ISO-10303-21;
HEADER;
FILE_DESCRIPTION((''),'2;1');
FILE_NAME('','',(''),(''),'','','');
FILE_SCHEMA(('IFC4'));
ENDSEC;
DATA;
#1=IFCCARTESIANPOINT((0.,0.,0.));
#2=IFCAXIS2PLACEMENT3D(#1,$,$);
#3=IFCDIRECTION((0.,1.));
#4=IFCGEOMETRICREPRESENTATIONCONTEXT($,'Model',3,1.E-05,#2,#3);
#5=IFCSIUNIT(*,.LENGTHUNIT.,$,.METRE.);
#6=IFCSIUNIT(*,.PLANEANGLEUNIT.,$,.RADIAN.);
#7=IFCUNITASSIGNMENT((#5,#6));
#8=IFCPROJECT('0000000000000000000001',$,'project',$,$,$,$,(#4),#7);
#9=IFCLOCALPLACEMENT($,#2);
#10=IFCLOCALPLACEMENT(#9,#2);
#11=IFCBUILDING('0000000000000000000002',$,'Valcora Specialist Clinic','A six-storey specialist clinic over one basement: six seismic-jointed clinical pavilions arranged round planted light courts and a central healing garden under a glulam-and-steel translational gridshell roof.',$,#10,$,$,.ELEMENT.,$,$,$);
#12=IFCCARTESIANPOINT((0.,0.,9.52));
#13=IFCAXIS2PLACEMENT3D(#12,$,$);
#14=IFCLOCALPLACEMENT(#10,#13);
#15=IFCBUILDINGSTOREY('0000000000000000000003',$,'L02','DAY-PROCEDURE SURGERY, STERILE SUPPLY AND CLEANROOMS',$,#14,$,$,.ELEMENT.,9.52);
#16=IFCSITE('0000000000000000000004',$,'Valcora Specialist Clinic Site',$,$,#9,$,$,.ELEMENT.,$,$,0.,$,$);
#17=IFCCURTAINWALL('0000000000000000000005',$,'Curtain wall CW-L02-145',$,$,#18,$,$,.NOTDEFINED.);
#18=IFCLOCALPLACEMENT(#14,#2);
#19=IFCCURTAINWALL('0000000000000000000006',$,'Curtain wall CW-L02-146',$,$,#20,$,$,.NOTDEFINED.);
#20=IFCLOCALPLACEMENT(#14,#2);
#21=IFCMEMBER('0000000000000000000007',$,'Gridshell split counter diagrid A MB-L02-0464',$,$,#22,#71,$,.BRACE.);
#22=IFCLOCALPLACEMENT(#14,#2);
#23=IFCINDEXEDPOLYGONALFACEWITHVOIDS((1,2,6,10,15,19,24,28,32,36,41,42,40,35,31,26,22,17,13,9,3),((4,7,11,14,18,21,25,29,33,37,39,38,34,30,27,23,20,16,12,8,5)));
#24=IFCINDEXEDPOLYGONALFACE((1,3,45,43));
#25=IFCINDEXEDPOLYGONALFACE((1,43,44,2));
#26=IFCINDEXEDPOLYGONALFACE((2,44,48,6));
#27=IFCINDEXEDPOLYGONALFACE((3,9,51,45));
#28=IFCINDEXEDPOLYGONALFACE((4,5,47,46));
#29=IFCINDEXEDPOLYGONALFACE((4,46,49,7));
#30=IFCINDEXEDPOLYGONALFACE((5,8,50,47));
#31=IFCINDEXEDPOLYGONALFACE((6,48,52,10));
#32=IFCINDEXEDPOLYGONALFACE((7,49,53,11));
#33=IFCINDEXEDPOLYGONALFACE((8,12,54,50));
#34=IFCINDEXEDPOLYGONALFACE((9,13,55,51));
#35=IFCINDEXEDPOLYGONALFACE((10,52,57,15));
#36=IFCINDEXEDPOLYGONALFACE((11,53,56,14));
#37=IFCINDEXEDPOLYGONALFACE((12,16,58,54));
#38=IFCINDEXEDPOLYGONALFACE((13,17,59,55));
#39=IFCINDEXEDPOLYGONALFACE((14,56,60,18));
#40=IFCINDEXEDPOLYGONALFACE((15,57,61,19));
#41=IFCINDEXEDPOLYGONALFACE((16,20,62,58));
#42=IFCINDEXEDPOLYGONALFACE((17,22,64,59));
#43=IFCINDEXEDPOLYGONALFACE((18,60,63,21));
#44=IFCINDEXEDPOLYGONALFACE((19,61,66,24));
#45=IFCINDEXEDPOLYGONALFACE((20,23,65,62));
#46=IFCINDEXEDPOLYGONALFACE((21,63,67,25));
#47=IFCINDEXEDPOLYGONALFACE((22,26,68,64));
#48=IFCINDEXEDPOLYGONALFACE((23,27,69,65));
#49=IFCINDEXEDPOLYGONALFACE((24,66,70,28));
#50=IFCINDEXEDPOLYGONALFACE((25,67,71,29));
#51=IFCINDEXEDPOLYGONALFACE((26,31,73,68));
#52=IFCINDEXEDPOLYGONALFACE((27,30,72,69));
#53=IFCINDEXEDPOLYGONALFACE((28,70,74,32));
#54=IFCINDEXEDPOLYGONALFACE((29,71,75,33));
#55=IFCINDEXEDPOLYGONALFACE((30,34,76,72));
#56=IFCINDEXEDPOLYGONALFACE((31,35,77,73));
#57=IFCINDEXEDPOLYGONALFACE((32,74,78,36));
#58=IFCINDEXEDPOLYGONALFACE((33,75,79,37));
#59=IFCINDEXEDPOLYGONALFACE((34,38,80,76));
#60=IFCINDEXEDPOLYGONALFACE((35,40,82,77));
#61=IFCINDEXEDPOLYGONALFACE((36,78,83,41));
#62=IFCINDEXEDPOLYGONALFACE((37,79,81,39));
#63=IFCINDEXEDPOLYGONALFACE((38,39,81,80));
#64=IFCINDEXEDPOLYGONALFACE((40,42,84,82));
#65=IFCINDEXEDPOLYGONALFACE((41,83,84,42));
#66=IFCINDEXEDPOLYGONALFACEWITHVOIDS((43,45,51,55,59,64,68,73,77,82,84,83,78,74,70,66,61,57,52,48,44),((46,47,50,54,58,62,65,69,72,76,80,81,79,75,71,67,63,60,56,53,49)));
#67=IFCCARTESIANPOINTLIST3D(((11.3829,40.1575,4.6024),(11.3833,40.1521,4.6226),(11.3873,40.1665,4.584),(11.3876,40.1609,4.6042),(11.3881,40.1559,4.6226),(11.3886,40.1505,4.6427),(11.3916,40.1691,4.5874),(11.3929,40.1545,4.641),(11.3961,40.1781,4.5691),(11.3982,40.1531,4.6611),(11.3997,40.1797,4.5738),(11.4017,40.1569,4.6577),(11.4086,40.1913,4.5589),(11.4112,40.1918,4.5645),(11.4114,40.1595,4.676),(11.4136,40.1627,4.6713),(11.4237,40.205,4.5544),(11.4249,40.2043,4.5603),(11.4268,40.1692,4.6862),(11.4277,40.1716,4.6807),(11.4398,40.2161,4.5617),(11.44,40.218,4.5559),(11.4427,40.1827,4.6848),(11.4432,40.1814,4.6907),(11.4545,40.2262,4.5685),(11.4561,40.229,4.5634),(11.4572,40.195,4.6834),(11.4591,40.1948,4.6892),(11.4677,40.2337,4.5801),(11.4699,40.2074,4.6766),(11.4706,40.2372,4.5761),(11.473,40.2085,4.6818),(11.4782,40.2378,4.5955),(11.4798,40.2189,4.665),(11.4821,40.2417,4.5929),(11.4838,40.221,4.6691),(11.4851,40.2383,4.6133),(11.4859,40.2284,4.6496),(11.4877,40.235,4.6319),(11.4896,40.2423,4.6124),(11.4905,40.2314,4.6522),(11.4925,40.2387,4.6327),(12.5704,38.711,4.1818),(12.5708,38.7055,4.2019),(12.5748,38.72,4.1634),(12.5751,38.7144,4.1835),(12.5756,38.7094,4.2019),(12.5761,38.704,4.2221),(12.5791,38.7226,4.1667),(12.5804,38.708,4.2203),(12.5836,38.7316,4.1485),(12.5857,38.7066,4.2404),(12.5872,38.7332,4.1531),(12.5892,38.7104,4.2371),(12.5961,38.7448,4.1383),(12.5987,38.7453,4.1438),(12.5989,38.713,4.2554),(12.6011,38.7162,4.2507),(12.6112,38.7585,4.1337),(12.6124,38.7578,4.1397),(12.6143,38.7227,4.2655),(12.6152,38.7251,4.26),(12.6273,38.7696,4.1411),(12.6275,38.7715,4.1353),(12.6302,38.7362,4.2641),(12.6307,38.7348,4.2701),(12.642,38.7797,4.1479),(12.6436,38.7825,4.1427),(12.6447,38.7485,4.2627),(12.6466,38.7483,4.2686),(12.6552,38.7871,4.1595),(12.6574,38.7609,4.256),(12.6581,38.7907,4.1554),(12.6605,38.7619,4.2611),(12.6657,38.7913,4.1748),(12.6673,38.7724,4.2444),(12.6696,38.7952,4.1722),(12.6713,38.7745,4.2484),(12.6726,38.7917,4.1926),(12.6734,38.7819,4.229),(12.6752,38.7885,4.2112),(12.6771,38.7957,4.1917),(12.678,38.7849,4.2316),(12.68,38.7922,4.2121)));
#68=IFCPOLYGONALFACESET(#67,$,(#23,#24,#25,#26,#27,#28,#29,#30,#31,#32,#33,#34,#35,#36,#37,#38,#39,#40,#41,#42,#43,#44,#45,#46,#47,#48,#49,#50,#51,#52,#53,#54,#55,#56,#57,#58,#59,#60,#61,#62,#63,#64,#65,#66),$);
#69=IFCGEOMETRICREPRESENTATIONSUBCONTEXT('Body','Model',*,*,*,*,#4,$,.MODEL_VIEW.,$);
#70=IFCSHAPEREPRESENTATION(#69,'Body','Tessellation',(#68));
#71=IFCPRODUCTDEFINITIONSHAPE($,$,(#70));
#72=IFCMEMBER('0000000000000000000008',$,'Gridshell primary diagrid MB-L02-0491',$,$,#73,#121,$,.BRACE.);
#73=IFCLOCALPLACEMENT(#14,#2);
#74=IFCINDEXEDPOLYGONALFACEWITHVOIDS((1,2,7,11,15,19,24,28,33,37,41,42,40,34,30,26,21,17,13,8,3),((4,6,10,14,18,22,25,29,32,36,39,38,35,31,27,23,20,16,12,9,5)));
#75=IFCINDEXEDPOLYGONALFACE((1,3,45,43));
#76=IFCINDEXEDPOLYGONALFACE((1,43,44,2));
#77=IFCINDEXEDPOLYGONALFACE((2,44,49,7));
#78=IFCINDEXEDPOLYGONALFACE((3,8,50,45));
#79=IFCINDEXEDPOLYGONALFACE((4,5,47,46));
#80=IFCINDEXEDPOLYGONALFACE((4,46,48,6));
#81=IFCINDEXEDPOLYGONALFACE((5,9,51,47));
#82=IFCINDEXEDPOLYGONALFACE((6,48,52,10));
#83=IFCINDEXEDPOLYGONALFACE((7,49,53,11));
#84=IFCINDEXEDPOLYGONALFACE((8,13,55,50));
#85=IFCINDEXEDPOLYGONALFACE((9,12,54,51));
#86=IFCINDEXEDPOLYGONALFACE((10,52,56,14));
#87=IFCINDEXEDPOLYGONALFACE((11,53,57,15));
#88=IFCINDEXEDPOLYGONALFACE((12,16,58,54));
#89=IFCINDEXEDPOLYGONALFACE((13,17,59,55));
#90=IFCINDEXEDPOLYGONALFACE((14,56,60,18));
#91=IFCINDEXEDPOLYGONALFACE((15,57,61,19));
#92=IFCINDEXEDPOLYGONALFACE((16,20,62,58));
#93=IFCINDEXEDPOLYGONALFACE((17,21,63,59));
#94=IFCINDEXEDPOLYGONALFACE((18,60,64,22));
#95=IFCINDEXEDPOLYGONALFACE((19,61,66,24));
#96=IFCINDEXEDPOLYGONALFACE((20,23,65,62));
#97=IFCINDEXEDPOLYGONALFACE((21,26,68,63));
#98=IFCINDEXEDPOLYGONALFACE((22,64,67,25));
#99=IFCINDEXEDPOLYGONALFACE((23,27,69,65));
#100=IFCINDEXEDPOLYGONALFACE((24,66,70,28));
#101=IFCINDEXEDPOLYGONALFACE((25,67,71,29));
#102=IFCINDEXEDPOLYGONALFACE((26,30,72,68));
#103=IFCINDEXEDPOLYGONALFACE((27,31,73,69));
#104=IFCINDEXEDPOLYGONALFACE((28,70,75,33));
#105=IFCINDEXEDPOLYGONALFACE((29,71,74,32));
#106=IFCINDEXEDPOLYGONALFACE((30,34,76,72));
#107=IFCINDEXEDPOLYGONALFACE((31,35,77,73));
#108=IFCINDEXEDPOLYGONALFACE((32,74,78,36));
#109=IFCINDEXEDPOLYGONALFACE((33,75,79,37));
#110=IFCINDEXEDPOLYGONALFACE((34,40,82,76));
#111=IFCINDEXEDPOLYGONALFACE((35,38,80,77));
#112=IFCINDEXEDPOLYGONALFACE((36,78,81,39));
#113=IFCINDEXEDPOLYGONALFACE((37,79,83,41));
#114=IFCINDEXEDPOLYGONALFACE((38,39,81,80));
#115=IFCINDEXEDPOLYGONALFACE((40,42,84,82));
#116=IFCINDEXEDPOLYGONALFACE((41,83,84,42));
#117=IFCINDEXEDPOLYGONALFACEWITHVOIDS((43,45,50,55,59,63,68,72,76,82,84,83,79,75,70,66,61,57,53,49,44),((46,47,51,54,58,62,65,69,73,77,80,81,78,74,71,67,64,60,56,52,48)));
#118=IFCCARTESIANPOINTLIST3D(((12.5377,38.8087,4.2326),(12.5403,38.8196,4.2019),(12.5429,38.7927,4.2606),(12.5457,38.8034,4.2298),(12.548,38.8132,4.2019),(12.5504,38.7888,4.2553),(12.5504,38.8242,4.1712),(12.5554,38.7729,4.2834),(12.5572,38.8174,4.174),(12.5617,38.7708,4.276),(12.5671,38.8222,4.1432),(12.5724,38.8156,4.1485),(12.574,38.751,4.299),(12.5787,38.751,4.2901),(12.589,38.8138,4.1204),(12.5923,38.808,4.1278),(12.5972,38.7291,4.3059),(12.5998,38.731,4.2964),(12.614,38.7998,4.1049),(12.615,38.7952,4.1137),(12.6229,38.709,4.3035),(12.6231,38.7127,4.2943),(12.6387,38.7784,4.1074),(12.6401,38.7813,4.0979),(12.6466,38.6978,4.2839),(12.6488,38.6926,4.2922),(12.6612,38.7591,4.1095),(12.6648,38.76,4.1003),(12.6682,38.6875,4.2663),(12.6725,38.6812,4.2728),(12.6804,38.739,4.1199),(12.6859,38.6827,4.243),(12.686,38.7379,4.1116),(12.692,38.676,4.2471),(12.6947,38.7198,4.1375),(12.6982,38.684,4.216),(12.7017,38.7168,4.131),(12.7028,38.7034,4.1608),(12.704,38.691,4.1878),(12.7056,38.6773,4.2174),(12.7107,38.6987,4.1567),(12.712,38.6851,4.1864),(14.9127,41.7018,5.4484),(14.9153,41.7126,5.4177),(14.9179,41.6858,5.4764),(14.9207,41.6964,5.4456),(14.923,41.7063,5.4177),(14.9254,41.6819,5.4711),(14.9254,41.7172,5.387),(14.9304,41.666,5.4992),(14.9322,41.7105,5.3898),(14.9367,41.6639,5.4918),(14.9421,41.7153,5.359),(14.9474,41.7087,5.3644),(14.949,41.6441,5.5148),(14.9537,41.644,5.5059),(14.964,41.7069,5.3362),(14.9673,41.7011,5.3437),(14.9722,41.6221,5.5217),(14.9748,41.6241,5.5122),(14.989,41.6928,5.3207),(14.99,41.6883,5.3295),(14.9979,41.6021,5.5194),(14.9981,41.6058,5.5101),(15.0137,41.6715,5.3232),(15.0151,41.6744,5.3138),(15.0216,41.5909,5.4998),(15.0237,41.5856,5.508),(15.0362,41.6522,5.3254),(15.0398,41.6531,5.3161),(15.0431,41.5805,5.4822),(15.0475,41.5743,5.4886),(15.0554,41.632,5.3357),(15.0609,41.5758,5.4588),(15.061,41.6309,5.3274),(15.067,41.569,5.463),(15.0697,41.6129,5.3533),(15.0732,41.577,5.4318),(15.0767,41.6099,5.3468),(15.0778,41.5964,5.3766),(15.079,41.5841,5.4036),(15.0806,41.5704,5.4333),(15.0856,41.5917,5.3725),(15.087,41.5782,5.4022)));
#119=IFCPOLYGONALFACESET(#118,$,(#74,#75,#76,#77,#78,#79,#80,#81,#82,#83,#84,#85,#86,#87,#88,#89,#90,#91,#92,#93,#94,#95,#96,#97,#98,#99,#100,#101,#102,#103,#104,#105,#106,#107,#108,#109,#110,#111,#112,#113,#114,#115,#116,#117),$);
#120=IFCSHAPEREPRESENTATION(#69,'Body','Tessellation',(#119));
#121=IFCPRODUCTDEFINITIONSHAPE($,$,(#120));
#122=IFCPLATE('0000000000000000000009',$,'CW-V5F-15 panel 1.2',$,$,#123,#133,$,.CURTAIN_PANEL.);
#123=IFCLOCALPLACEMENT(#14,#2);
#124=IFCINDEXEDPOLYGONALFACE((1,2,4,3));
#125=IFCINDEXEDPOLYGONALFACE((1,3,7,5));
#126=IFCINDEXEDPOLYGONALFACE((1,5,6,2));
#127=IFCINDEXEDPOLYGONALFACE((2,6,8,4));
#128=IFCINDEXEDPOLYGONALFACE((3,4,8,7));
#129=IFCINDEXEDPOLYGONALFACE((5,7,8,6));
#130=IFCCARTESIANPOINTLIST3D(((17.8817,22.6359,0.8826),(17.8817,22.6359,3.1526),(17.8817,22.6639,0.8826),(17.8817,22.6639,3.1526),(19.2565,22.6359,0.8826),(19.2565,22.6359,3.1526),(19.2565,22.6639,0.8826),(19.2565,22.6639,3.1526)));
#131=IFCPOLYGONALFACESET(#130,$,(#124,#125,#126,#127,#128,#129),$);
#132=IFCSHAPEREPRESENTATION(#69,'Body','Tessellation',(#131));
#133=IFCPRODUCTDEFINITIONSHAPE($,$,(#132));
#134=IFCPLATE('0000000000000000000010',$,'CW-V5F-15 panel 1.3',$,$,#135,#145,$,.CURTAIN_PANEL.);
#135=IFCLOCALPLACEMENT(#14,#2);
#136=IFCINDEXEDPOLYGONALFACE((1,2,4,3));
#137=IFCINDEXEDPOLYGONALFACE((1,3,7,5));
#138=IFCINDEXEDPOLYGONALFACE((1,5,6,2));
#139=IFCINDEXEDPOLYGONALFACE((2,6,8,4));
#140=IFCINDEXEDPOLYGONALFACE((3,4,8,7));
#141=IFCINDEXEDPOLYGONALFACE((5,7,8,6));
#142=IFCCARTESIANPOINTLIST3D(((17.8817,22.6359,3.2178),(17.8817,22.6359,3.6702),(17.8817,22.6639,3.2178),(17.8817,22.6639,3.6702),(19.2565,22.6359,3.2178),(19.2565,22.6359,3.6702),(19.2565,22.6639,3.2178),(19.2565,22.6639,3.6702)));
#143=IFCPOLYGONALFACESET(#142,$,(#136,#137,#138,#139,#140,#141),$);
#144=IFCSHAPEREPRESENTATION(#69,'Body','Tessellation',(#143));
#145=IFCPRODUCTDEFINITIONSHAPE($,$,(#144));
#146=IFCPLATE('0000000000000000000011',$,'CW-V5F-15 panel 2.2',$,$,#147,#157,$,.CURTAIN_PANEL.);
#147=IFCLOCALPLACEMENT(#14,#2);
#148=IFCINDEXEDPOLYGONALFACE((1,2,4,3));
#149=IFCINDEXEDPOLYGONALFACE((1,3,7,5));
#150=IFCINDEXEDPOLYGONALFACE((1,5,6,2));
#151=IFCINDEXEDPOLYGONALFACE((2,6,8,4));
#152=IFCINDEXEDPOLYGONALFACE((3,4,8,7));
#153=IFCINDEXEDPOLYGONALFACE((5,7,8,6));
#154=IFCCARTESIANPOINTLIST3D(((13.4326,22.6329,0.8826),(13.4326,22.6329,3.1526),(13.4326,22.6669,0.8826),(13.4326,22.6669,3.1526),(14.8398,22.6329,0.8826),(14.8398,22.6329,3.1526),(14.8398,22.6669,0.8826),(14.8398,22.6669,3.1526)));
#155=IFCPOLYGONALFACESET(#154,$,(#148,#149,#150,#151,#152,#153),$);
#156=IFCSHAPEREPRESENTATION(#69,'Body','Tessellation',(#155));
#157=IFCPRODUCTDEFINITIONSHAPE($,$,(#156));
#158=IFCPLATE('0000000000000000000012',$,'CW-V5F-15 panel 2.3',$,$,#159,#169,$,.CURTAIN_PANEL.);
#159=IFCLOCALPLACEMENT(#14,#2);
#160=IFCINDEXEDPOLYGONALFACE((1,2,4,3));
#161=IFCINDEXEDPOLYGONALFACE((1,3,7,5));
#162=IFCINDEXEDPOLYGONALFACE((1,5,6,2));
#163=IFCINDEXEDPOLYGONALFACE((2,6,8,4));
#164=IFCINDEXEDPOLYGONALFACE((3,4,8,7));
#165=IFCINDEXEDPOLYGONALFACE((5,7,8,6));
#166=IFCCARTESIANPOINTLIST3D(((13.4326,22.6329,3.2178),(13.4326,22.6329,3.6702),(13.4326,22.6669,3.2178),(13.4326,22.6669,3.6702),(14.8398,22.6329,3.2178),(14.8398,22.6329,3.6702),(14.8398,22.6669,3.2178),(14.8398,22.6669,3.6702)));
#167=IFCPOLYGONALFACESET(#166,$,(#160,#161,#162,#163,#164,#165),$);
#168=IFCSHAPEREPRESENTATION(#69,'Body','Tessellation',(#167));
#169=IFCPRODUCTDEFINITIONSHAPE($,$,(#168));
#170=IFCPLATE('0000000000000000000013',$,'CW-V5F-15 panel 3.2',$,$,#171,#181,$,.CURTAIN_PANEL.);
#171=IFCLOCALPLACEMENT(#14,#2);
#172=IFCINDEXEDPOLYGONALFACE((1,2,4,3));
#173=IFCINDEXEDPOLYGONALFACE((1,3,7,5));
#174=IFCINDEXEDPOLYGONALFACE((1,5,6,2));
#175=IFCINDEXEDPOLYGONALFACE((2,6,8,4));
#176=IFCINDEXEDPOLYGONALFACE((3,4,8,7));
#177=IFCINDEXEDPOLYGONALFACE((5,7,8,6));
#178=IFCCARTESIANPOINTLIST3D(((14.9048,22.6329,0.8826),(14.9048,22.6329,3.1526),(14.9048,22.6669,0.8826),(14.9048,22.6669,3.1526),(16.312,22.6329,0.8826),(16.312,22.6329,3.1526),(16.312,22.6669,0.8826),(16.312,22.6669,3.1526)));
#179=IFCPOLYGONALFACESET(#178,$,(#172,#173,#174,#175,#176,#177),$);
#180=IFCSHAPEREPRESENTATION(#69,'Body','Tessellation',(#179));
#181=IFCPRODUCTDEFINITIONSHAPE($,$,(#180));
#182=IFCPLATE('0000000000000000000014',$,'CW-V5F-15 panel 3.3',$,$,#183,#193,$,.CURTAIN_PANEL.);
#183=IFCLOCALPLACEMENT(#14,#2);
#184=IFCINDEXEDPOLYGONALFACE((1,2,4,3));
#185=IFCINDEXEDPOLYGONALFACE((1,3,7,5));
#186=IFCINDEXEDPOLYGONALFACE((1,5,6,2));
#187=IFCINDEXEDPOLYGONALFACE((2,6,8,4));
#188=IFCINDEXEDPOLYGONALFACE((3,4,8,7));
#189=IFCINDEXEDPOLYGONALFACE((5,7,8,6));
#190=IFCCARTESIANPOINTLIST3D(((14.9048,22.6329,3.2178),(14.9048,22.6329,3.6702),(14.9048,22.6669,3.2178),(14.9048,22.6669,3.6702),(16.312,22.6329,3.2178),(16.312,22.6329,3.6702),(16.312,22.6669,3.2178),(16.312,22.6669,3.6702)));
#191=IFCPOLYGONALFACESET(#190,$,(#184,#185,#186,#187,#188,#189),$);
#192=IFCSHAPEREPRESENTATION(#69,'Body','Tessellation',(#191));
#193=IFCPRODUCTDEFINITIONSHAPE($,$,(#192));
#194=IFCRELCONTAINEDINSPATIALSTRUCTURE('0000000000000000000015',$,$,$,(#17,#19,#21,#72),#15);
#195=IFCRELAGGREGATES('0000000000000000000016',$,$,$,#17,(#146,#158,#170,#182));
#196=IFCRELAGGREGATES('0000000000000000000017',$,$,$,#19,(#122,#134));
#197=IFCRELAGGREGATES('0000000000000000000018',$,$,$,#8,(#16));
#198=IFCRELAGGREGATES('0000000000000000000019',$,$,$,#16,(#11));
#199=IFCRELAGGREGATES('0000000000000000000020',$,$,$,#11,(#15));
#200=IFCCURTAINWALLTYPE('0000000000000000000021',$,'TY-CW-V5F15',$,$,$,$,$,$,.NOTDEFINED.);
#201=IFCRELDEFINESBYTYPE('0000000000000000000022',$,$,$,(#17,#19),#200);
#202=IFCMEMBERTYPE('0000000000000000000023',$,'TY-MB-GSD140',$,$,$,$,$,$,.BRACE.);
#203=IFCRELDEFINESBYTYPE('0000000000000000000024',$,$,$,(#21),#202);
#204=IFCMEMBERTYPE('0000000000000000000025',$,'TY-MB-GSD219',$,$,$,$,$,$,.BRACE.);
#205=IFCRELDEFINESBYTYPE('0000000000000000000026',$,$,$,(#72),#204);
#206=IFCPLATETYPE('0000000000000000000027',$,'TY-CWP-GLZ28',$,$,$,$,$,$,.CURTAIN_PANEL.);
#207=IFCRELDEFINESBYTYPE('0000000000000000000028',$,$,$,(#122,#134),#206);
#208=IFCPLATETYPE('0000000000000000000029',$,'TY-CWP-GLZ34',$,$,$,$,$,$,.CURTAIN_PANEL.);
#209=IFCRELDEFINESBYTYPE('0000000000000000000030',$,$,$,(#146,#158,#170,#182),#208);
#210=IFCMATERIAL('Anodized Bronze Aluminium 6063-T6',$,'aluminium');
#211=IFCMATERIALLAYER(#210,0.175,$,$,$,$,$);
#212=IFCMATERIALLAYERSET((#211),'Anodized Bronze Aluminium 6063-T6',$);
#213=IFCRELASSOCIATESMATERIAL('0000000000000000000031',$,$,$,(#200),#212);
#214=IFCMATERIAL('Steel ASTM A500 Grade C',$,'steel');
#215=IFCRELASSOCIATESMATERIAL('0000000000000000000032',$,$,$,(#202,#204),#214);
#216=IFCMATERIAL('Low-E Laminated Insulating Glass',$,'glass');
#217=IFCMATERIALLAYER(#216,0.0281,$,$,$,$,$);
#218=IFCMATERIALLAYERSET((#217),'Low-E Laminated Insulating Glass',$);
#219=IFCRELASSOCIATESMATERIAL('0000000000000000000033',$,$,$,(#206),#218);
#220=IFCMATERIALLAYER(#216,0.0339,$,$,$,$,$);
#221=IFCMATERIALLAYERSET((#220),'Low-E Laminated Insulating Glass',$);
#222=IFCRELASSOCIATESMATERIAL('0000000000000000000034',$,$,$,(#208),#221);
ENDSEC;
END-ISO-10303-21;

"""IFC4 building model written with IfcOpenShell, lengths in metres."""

from ifc_helpers import new_model, si_unit, direction, frame, origin, origin_2d, place, context, subcontext, project, spatial, rectangle, hollow_circle, extrude, material, layer, layer_set, material_profile, profile_set, type_object, element, aggregate, save


model = new_model("IFC4")

# Units and contexts
model_context = context("Model", 3, precision=1e-05, world=origin(), true_north=direction((0.0, 1.0)))
body_context = subcontext(model_context, "Body", "Model", "MODEL_VIEW")
ifc_project = project(units=[si_unit("LENGTHUNIT", "METRE"), si_unit("PLANEANGLEUNIT", "RADIAN")], contexts=[model_context])

# Site, building, storey
site_placement = place(None, origin())
site = spatial("IfcSite", under=ifc_project, at=site_placement, Name="Valcora Specialist Clinic Site", CompositionType="ELEMENT", RefElevation=0.0)
building_placement = place(site_placement, origin())
building = spatial("IfcBuilding", under=site, at=building_placement, Name="Valcora Specialist Clinic", Description="A six-storey specialist clinic over one basement: six seismic-jointed clinical pavilions arranged round planted light courts and a central healing garden under a glulam-and-steel translational gridshell roof.", CompositionType="ELEMENT")
storey_placement = place(building_placement, frame((0.0, 0.0, 9.52)))
storey = spatial("IfcBuildingStorey", under=building, at=storey_placement, Name="L02", Description="DAY-PROCEDURE SURGERY, STERILE SUPPLY AND CLEANROOMS", CompositionType="ELEMENT", Elevation=9.52)

# Curtain wall
ifc_material_1 = material(Name="Anodized Bronze Aluminium 6063-T6", Category="aluminium")
ifc_layer_1 = layer(ifc_material_1, 0.175)
ifc_layer_set_1 = layer_set([ifc_layer_1], Name="Anodized Bronze Aluminium 6063-T6")
curtain_wall_type = type_object("IfcCurtainWallType", Name="TY-CW-V5F15", PredefinedType="NOTDEFINED", material=ifc_layer_set_1)
curtain_wall_1_placement = place(storey_placement, origin())
curtain_wall_1 = element("IfcCurtainWall", 1, at=curtain_wall_1_placement, inside=storey, type_object=curtain_wall_type, Name="Curtain wall CW-L02-145", PredefinedType="NOTDEFINED")

# Curtain wall
curtain_wall_2_placement = place(storey_placement, origin())
curtain_wall_2 = element("IfcCurtainWall", 2, at=curtain_wall_2_placement, inside=storey, type_object=curtain_wall_type, Name="Curtain wall CW-L02-146", PredefinedType="NOTDEFINED")

# Members
ifc_material_2 = material(Name="Steel ASTM A500 Grade C", Category="steel")
ifc_material_profile_1 = material_profile(ifc_material_2, hollow_circle(Radius=0.0701, WallThickness=0.0061, at=origin_2d()), Name="ST-CHS-140X6")
ifc_profile_set_1 = profile_set([ifc_material_profile_1], Name="Steel ASTM A500 Grade C")
member_type_1 = type_object("IfcMemberType", Name="TY-MB-GSD140", PredefinedType="BRACE", material=ifc_profile_set_1)
member_1_placement = place(storey_placement, frame((12.625, 38.75, 4.2019), z_axis=(-0.619064, 0.754102, 0.219294), x_axis=(-0.772916, -0.634508, 0.0)))
element("IfcMember", 3, at=member_1_placement, inside=storey, type_object=member_type_1, Name="Gridshell split counter diagrid A MB-L02-0464", PredefinedType="BRACE", context=body_context, shape_type="SweptSolid", body=[
    extrude(hollow_circle(Radius=0.0701, WallThickness=0.0061, at=origin_2d()), origin(), (0.0, 0.0, 1.0), 1.9182),
])
ifc_material_profile_2 = material_profile(ifc_material_2, hollow_circle(Radius=0.1096, WallThickness=0.01, at=origin_2d()), Name="ST-CHS-219X10")
ifc_profile_set_2 = profile_set([ifc_material_profile_2], Name="Steel ASTM A500 Grade C")
member_type_2 = type_object("IfcMemberType", Name="TY-MB-GSD219", PredefinedType="BRACE", material=ifc_profile_set_2)
member_2_placement = place(storey_placement, frame((12.625, 38.75, 4.2019), z_axis=(0.603471, 0.735108, 0.308932), x_axis=(-0.772916, 0.634508, 0.0)))
element("IfcMember", 4, at=member_2_placement, inside=storey, type_object=member_type_2, Name="Gridshell primary diagrid MB-L02-0491", PredefinedType="BRACE", context=body_context, shape_type="SweptSolid", body=[
    extrude(hollow_circle(Radius=0.1096, WallThickness=0.01, at=origin_2d()), origin(), (0.0, 0.0, 1.0), 3.9355),
])

# Plates
ifc_material_3 = material(Name="Low-E Laminated Insulating Glass", Category="glass")
ifc_layer_2 = layer(ifc_material_3, 0.0281)
ifc_layer_set_2 = layer_set([ifc_layer_2], Name="Low-E Laminated Insulating Glass")
plate_type_1 = type_object("IfcPlateType", Name="TY-CWP-GLZ28", PredefinedType="CURTAIN_PANEL", material=ifc_layer_set_2)
plate_1_placement = place(storey_placement, frame((18.5691, 22.6499, 0.8826), z_axis=(0.0, 0.0, 1.0), x_axis=(1.0, 0.0, 0.0)))
plate_1 = element("IfcPlate", 5, at=plate_1_placement, type_object=plate_type_1, Name="CW-V5F-15 panel 1.2", PredefinedType="CURTAIN_PANEL", context=body_context, shape_type="SweptSolid", body=[
    extrude(rectangle(XDim=1.3748, YDim=0.0281, at=origin_2d()), origin(), (0.0, 0.0, 1.0), 2.27),
])
plate_2_placement = place(storey_placement, frame((18.5691, 22.6499, 3.2178), z_axis=(0.0, 0.0, 1.0), x_axis=(1.0, 0.0, 0.0)))
plate_2 = element("IfcPlate", 6, at=plate_2_placement, type_object=plate_type_1, Name="CW-V5F-15 panel 1.3", PredefinedType="CURTAIN_PANEL", context=body_context, shape_type="SweptSolid", body=[
    extrude(rectangle(XDim=1.3748, YDim=0.0281, at=origin_2d()), origin(), (0.0, 0.0, 1.0), 0.4524),
])
ifc_layer_3 = layer(ifc_material_3, 0.0339)
ifc_layer_set_3 = layer_set([ifc_layer_3], Name="Low-E Laminated Insulating Glass")
plate_type_2 = type_object("IfcPlateType", Name="TY-CWP-GLZ34", PredefinedType="CURTAIN_PANEL", material=ifc_layer_set_3)
plate_3_placement = place(storey_placement, frame((14.1362, 22.6499, 0.8826), z_axis=(0.0, 0.0, 1.0), x_axis=(1.0, 0.0, 0.0)))
plate_3 = element("IfcPlate", 7, at=plate_3_placement, type_object=plate_type_2, Name="CW-V5F-15 panel 2.2", PredefinedType="CURTAIN_PANEL", context=body_context, shape_type="SweptSolid", body=[
    extrude(rectangle(XDim=1.4072, YDim=0.0339, at=origin_2d()), origin(), (0.0, 0.0, 1.0), 2.27),
])
plate_4_placement = place(storey_placement, frame((14.1362, 22.6499, 3.2178), z_axis=(0.0, 0.0, 1.0), x_axis=(1.0, 0.0, 0.0)))
plate_4 = element("IfcPlate", 8, at=plate_4_placement, type_object=plate_type_2, Name="CW-V5F-15 panel 2.3", PredefinedType="CURTAIN_PANEL", context=body_context, shape_type="SweptSolid", body=[
    extrude(rectangle(XDim=1.4072, YDim=0.0339, at=origin_2d()), origin(), (0.0, 0.0, 1.0), 0.4524),
])
plate_5_placement = place(storey_placement, frame((15.6084, 22.6499, 0.8826), z_axis=(0.0, 0.0, 1.0), x_axis=(1.0, 0.0, 0.0)))
plate_5 = element("IfcPlate", 9, at=plate_5_placement, type_object=plate_type_2, Name="CW-V5F-15 panel 3.2", PredefinedType="CURTAIN_PANEL", context=body_context, shape_type="SweptSolid", body=[
    extrude(rectangle(XDim=1.4072, YDim=0.0339, at=origin_2d()), origin(), (0.0, 0.0, 1.0), 2.27),
])
plate_6_placement = place(storey_placement, frame((15.6084, 22.6499, 3.2178), z_axis=(0.0, 0.0, 1.0), x_axis=(1.0, 0.0, 0.0)))
plate_6 = element("IfcPlate", 10, at=plate_6_placement, type_object=plate_type_2, Name="CW-V5F-15 panel 3.3", PredefinedType="CURTAIN_PANEL", context=body_context, shape_type="SweptSolid", body=[
    extrude(rectangle(XDim=1.4072, YDim=0.0339, at=origin_2d()), origin(), (0.0, 0.0, 1.0), 0.4524),
])
aggregate(curtain_wall_1, [plate_3, plate_4, plate_5, plate_6])
aggregate(curtain_wall_2, [plate_1, plate_2])

save(model, "model.ifc")
